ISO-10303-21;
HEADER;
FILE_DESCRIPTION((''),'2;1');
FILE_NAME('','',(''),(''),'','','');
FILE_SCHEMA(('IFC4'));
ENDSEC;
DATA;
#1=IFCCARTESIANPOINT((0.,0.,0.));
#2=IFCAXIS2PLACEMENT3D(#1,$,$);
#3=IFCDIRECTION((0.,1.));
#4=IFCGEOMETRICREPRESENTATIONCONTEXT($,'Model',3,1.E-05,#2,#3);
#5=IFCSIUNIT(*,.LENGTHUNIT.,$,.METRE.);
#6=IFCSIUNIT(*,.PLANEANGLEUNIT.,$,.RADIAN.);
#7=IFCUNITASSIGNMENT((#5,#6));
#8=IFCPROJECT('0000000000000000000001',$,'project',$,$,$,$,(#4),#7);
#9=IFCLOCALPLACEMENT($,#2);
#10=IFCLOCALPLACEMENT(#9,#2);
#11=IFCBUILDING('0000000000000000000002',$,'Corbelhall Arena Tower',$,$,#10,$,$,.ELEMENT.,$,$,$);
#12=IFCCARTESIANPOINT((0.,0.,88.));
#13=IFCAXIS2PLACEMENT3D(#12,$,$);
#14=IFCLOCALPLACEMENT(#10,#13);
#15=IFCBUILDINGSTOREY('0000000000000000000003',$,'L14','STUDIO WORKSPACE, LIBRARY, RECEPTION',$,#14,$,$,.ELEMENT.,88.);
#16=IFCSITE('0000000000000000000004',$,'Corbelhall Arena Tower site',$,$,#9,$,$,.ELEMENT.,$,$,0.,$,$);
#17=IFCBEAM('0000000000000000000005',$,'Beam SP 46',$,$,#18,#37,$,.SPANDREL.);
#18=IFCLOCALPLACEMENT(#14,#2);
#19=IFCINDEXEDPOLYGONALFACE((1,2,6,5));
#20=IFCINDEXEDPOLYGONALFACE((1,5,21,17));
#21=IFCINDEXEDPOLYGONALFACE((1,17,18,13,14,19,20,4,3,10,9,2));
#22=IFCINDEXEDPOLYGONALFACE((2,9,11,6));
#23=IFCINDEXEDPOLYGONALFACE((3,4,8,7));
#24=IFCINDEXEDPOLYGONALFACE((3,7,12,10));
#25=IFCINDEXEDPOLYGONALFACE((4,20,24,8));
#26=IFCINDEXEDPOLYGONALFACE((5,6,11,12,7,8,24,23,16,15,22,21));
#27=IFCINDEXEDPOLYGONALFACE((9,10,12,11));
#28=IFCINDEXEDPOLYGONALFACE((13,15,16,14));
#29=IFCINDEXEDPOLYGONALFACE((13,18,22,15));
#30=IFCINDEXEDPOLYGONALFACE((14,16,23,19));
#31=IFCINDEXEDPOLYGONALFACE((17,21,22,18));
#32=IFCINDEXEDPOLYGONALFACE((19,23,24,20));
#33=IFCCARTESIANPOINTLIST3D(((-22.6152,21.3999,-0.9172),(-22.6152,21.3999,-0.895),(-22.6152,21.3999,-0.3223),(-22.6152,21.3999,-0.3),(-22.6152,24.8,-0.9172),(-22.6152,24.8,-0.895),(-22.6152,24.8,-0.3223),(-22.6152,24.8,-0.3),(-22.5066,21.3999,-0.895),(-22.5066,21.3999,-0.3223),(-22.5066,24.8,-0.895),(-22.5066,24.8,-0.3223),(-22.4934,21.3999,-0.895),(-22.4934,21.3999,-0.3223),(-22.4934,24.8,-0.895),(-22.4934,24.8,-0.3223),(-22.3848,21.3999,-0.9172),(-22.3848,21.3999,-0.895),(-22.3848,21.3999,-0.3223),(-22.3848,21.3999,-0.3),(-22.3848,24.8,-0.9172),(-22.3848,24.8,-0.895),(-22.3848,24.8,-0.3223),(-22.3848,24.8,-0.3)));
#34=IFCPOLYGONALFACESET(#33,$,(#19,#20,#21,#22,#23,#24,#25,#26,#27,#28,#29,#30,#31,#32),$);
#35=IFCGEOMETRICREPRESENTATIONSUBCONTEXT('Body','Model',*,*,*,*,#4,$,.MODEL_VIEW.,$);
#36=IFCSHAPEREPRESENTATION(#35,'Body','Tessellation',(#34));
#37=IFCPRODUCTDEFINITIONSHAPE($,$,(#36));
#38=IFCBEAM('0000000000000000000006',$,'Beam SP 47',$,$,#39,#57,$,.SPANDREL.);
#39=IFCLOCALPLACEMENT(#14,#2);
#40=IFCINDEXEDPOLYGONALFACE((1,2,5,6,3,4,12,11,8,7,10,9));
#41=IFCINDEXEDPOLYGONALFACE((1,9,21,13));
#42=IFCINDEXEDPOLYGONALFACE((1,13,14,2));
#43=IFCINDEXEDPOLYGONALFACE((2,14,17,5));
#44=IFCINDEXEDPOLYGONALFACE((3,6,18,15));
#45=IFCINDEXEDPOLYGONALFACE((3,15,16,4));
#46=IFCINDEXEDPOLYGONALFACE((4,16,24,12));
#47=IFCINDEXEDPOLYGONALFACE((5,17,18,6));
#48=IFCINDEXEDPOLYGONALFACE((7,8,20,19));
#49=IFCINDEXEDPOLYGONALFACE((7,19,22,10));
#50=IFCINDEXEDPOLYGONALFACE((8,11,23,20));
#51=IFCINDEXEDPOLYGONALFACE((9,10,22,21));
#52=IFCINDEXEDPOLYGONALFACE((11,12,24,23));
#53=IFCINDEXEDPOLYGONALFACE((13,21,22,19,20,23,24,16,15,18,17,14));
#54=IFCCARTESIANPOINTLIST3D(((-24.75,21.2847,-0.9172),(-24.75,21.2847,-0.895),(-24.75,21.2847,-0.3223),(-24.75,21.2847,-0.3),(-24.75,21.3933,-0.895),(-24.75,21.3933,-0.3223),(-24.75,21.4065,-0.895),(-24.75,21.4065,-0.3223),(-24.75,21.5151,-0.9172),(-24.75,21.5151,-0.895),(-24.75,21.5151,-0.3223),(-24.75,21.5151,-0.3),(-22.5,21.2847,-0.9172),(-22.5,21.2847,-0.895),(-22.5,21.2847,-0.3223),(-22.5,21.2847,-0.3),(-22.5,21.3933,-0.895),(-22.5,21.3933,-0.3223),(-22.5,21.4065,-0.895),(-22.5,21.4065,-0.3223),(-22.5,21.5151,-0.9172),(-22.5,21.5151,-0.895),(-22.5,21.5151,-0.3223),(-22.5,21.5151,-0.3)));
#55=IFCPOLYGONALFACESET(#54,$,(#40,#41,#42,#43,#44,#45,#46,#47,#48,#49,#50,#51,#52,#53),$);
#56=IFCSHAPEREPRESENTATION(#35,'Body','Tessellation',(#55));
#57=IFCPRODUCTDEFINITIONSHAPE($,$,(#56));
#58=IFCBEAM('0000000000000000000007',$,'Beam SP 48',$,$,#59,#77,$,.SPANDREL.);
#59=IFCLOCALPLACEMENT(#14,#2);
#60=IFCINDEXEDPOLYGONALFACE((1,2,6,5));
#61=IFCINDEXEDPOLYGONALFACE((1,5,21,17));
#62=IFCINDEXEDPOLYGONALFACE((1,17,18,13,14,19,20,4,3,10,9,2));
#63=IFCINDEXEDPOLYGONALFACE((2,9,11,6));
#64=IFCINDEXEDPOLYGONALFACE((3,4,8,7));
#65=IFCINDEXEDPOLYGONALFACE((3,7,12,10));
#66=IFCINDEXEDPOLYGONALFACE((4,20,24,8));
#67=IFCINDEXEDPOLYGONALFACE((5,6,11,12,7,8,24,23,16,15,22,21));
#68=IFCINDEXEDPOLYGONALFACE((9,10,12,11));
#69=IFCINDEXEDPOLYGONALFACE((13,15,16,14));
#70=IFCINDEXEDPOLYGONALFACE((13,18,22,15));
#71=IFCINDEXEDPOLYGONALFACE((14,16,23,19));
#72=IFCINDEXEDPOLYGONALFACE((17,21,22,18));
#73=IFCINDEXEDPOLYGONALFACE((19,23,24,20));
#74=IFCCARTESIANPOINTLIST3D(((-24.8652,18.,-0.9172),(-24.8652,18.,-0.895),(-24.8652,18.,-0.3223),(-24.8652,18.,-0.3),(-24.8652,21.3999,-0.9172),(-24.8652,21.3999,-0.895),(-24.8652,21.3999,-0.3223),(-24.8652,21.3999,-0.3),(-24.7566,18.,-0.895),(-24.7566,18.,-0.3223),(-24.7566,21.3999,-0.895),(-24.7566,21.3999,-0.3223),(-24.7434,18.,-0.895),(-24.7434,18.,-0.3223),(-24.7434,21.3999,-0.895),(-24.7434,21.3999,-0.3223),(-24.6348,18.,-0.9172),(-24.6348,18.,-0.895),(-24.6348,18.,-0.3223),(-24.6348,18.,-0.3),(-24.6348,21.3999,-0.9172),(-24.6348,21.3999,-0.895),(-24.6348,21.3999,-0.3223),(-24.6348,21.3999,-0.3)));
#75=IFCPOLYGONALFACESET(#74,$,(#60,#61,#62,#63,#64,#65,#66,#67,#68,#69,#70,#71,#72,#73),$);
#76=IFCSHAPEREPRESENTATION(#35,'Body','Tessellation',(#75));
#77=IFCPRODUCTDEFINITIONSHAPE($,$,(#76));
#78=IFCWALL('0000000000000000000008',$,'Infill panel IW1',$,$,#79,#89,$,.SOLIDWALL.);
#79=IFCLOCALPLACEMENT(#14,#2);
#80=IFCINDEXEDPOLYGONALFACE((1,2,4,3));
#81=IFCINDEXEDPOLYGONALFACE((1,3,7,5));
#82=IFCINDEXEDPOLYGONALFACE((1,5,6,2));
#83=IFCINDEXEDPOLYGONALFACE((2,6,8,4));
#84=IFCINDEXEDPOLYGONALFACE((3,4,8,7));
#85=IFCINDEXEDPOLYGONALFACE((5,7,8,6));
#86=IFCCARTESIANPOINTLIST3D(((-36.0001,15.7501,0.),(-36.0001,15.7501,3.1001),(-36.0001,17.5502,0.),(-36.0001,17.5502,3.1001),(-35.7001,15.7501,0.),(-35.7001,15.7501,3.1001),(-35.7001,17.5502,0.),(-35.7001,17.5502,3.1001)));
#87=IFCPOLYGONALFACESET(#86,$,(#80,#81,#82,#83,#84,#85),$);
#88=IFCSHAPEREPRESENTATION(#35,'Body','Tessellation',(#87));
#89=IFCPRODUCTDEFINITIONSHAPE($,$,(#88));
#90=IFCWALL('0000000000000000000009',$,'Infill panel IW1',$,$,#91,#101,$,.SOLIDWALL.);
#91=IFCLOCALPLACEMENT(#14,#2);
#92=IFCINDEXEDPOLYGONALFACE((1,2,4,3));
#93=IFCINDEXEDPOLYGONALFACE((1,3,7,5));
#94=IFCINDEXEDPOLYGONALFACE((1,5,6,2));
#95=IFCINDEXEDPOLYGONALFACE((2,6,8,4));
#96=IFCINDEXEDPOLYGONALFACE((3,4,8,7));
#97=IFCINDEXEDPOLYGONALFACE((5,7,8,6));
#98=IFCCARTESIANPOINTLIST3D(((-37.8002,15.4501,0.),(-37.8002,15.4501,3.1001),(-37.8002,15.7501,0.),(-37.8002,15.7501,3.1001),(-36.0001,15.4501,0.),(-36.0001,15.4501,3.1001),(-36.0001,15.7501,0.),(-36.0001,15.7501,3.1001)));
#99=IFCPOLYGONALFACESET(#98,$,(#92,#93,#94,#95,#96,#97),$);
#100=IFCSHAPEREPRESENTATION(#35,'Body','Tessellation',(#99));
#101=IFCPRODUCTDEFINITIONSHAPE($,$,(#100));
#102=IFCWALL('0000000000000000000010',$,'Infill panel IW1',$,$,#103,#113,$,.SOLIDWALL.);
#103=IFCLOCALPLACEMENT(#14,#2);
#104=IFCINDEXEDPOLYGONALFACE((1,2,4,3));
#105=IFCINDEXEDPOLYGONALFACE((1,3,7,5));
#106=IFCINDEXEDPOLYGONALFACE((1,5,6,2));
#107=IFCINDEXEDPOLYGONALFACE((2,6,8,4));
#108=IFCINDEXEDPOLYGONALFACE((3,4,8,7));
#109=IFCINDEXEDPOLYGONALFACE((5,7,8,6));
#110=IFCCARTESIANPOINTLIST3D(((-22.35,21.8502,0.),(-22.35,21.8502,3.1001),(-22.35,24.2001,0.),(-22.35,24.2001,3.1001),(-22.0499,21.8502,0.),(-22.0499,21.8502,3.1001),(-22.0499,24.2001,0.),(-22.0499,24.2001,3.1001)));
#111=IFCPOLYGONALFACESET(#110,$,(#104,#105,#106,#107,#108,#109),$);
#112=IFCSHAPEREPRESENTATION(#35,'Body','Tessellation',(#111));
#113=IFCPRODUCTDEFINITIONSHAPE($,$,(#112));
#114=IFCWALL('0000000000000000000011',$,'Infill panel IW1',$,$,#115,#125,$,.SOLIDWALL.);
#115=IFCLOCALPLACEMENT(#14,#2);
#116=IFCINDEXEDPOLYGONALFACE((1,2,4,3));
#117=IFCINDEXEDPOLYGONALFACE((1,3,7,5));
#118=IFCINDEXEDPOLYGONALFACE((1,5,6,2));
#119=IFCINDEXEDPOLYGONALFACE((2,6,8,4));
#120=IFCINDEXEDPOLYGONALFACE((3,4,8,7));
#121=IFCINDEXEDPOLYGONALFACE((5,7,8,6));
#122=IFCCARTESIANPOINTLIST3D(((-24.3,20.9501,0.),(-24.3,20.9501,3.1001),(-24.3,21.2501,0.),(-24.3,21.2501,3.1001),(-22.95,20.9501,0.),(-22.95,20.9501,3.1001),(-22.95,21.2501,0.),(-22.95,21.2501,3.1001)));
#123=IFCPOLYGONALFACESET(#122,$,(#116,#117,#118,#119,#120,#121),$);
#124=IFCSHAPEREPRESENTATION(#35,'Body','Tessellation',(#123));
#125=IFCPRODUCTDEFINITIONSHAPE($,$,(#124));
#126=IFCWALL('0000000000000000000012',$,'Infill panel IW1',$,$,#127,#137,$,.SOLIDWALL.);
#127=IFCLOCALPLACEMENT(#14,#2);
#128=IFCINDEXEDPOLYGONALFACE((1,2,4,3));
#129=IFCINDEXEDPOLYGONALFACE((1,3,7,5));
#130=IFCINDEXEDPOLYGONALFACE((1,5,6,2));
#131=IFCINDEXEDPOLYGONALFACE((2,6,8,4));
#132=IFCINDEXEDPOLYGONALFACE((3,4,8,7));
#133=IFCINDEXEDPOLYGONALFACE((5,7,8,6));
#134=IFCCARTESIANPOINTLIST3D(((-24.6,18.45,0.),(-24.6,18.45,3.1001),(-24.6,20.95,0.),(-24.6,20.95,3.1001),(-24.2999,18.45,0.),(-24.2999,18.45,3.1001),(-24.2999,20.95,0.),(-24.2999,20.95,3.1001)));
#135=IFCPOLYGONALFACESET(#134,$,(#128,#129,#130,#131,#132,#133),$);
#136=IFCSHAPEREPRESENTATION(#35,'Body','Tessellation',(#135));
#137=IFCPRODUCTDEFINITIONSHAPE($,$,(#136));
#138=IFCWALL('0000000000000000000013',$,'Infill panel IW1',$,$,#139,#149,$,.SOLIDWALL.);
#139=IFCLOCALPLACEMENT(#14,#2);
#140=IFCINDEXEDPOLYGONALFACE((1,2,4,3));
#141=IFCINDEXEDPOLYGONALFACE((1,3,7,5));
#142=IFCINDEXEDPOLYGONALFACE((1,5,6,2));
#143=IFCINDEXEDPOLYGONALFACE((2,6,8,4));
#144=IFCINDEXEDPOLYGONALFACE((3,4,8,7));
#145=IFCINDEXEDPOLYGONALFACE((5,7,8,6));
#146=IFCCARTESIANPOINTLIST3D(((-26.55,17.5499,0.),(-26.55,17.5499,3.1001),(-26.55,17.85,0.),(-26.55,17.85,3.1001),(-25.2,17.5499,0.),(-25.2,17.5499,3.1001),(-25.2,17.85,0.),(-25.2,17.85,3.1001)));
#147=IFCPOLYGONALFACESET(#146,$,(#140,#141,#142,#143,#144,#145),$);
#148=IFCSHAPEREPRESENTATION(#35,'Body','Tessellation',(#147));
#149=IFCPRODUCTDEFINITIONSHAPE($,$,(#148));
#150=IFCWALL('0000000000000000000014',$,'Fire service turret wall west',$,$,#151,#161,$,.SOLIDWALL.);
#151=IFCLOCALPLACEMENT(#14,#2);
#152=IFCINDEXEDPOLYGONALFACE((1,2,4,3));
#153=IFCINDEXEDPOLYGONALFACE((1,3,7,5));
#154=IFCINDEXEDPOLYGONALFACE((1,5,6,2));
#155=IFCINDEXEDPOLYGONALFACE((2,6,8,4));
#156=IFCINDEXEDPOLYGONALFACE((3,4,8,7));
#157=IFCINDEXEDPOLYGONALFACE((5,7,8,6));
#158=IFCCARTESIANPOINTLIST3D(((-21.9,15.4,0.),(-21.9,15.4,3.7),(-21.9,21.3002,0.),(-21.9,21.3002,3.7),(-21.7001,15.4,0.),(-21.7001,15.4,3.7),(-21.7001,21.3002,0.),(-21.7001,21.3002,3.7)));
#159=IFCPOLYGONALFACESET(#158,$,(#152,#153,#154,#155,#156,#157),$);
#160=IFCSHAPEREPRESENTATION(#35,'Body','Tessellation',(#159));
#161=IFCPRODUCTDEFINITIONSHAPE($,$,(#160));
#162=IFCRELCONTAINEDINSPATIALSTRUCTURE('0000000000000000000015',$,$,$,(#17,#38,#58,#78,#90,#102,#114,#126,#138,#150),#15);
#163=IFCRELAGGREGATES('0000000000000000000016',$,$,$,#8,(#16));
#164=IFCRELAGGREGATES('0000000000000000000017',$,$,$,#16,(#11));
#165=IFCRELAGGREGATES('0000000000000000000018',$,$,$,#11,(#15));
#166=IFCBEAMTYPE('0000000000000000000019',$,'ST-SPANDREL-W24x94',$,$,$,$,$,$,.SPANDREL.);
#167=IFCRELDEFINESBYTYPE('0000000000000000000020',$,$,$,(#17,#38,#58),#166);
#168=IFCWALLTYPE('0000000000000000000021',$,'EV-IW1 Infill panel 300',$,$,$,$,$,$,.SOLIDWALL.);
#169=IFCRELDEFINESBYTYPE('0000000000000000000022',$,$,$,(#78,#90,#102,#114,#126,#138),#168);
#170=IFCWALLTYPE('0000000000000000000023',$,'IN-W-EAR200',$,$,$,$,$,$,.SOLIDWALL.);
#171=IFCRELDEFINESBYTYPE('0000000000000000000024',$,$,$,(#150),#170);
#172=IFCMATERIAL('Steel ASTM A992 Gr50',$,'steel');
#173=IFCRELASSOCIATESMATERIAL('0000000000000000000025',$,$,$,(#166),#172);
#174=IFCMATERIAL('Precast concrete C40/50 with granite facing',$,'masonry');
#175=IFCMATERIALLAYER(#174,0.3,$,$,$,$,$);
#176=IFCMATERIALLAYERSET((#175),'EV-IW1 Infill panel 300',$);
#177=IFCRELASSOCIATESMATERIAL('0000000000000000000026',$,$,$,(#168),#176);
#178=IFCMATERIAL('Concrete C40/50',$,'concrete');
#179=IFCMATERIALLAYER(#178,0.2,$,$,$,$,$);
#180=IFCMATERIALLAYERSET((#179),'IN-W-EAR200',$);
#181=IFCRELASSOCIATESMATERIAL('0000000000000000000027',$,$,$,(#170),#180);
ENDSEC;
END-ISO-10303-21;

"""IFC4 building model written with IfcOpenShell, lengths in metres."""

from ifc_helpers import new_model, si_unit, direction, frame, frame_2d, origin, origin_2d, place, context, subcontext, project, spatial, rectangle, i_section, extrude, material, layer, layer_set, material_profile, profile_set, type_object, element, save


model = new_model("IFC4")

# Units and contexts
model_context = context("Model", 3, precision=1e-05, world=origin(), true_north=direction((0.0, 1.0)))
body_context = subcontext(model_context, "Body", "Model", "MODEL_VIEW")
ifc_project = project(units=[si_unit("LENGTHUNIT", "METRE"), si_unit("PLANEANGLEUNIT", "RADIAN")], contexts=[model_context])

# Site, building, storey
site_placement = place(None, origin())
site = spatial("IfcSite", under=ifc_project, at=site_placement, Name="Corbelhall Arena Tower site", CompositionType="ELEMENT", RefElevation=0.0)
building_placement = place(site_placement, origin())
building = spatial("IfcBuilding", under=site, at=building_placement, Name="Corbelhall Arena Tower", CompositionType="ELEMENT")
storey_placement = place(building_placement, frame((0.0, 0.0, 88.0)))
storey = spatial("IfcBuildingStorey", under=building, at=storey_placement, Name="L14", Description="STUDIO WORKSPACE, LIBRARY, RECEPTION", CompositionType="ELEMENT", Elevation=88.0)

# Beams
ifc_material_1 = material(Name="Steel ASTM A992 Gr50", Category="steel")
ifc_material_profile_1 = material_profile(ifc_material_1, i_section(OverallWidth=0.2305, OverallDepth=0.6172, WebThickness=0.0132, FlangeThickness=0.0222, at=origin_2d()))
ifc_profile_set_1 = profile_set([ifc_material_profile_1], Name="Steel ASTM A992 Gr50")
beam_type = type_object("IfcBeamType", Name="ST-SPANDREL-W24x94", PredefinedType="SPANDREL", material=ifc_profile_set_1)
beam_1_placement = place(storey_placement, frame((-22.5, 21.3999, -0.6086), z_axis=(0.0, 1.0, 0.0), x_axis=(-1.0, 0.0, 0.0)))
element("IfcBeam", 1, at=beam_1_placement, inside=storey, type_object=beam_type, Name="Beam SP 46", PredefinedType="SPANDREL", context=body_context, shape_type="SweptSolid", body=[
    extrude(i_section(OverallWidth=0.2305, OverallDepth=0.6172, WebThickness=0.0132, FlangeThickness=0.0222, at=origin_2d()), origin(), (0.0, 0.0, 1.0), 3.4001),
])
beam_2_placement = place(storey_placement, frame((-24.75, 21.3999, -0.6086), z_axis=(1.0, 0.0, 0.0), x_axis=(0.0, 1.0, 0.0)))
element("IfcBeam", 2, at=beam_2_placement, inside=storey, type_object=beam_type, Name="Beam SP 47", PredefinedType="SPANDREL", context=body_context, shape_type="SweptSolid", body=[
    extrude(i_section(OverallWidth=0.2305, OverallDepth=0.6172, WebThickness=0.0132, FlangeThickness=0.0222, at=origin_2d()), origin(), (0.0, 0.0, 1.0), 2.25),
])
beam_3_placement = place(storey_placement, frame((-24.75, 18.0, -0.6086), z_axis=(0.0, 1.0, 0.0), x_axis=(-1.0, 0.0, 0.0)))
element("IfcBeam", 3, at=beam_3_placement, inside=storey, type_object=beam_type, Name="Beam SP 48", PredefinedType="SPANDREL", context=body_context, shape_type="SweptSolid", body=[
    extrude(i_section(OverallWidth=0.2305, OverallDepth=0.6172, WebThickness=0.0132, FlangeThickness=0.0222, at=origin_2d()), origin(), (0.0, 0.0, 1.0), 3.3999),
])

# Walls
ifc_material_2 = material(Name="Precast concrete C40/50 with granite facing", Category="masonry")
ifc_layer_1 = layer(ifc_material_2, 0.3)
ifc_layer_set_1 = layer_set([ifc_layer_1], Name="EV-IW1 Infill panel 300")
wall_type_1 = type_object("IfcWallType", Name="EV-IW1 Infill panel 300", PredefinedType="SOLIDWALL", material=ifc_layer_set_1)
for number, where, z_axis, x_axis, name in (
    (4, (-35.8501, 17.55, 0.0), (0.0, 0.0, 1.0), (0.0, -1.0, 0.0), "Infill panel IW1"),
    (5, (-37.8, 15.6001, 0.0), (0.0, 0.0, 1.0), (1.0, 0.0, 0.0), "Infill panel IW1"),
):
    element("IfcWall", number, at=place(storey_placement, frame(where, z_axis=z_axis, x_axis=x_axis)), inside=storey, type_object=wall_type_1, Name=name, PredefinedType="SOLIDWALL", context=body_context, shape_type="SweptSolid", body=[
        extrude(rectangle(XDim=1.8, YDim=0.3, at=frame_2d((0.8999, 0.0))), origin(), (0.0, 0.0, 1.0), 3.1001),
    ])
wall_1_placement = place(storey_placement, frame((-22.2, 24.2, 0.0), z_axis=(0.0, 0.0, 1.0), x_axis=(0.0, -1.0, 0.0)))
element("IfcWall", 6, at=wall_1_placement, inside=storey, type_object=wall_type_1, Name="Infill panel IW1", PredefinedType="SOLIDWALL", context=body_context, shape_type="SweptSolid", body=[
    extrude(rectangle(XDim=2.3499, YDim=0.3, at=frame_2d((1.1748, 0.0))), origin(), (0.0, 0.0, 1.0), 3.1001),
])
wall_2_placement = place(storey_placement, frame((-22.95, 21.1001, 0.0), z_axis=(0.0, 0.0, 1.0), x_axis=(-1.0, 0.0, 0.0)))
element("IfcWall", 7, at=wall_2_placement, inside=storey, type_object=wall_type_1, Name="Infill panel IW1", PredefinedType="SOLIDWALL", context=body_context, shape_type="SweptSolid", body=[
    extrude(rectangle(XDim=1.3501, YDim=0.3, at=frame_2d((0.675, 0.0))), origin(), (0.0, 0.0, 1.0), 3.1001),
])
wall_3_placement = place(storey_placement, frame((-24.45, 20.95, 0.0), z_axis=(0.0, 0.0, 1.0), x_axis=(0.0, -1.0, 0.0)))
element("IfcWall", 8, at=wall_3_placement, inside=storey, type_object=wall_type_1, Name="Infill panel IW1", PredefinedType="SOLIDWALL", context=body_context, shape_type="SweptSolid", body=[
    extrude(rectangle(XDim=2.5, YDim=0.3, at=frame_2d((1.25, 0.0))), origin(), (0.0, 0.0, 1.0), 3.1001),
])
wall_4_placement = place(storey_placement, frame((-25.2, 17.7, 0.0), z_axis=(0.0, 0.0, 1.0), x_axis=(-1.0, 0.0, 0.0)))
element("IfcWall", 9, at=wall_4_placement, inside=storey, type_object=wall_type_1, Name="Infill panel IW1", PredefinedType="SOLIDWALL", context=body_context, shape_type="SweptSolid", body=[
    extrude(rectangle(XDim=1.3501, YDim=0.3, at=frame_2d((0.675, 0.0))), origin(), (0.0, 0.0, 1.0), 3.1001),
])

# Shared definitions
ifc_material_3 = material(Name="Concrete C40/50", Category="concrete")
ifc_layer_2 = layer(ifc_material_3, 0.2)
ifc_layer_set_2 = layer_set([ifc_layer_2], Name="IN-W-EAR200")
wall_type_2 = type_object("IfcWallType", Name="IN-W-EAR200", PredefinedType="SOLIDWALL", material=ifc_layer_set_2)

# Wall
wall_5_placement = place(storey_placement, frame((-21.8, 15.3999, 0.0), z_axis=(0.0, 0.0, 1.0), x_axis=(0.0, 1.0, 0.0)))
element("IfcWall", 10, at=wall_5_placement, inside=storey, type_object=wall_type_2, Name="Fire service turret wall west", PredefinedType="SOLIDWALL", context=body_context, shape_type="SweptSolid", body=[
    extrude(rectangle(XDim=5.9001, YDim=0.2, at=frame_2d((2.9502, 0.0))), origin(), (0.0, 0.0, 1.0), 3.7),
])

save(model, "model.ifc")
